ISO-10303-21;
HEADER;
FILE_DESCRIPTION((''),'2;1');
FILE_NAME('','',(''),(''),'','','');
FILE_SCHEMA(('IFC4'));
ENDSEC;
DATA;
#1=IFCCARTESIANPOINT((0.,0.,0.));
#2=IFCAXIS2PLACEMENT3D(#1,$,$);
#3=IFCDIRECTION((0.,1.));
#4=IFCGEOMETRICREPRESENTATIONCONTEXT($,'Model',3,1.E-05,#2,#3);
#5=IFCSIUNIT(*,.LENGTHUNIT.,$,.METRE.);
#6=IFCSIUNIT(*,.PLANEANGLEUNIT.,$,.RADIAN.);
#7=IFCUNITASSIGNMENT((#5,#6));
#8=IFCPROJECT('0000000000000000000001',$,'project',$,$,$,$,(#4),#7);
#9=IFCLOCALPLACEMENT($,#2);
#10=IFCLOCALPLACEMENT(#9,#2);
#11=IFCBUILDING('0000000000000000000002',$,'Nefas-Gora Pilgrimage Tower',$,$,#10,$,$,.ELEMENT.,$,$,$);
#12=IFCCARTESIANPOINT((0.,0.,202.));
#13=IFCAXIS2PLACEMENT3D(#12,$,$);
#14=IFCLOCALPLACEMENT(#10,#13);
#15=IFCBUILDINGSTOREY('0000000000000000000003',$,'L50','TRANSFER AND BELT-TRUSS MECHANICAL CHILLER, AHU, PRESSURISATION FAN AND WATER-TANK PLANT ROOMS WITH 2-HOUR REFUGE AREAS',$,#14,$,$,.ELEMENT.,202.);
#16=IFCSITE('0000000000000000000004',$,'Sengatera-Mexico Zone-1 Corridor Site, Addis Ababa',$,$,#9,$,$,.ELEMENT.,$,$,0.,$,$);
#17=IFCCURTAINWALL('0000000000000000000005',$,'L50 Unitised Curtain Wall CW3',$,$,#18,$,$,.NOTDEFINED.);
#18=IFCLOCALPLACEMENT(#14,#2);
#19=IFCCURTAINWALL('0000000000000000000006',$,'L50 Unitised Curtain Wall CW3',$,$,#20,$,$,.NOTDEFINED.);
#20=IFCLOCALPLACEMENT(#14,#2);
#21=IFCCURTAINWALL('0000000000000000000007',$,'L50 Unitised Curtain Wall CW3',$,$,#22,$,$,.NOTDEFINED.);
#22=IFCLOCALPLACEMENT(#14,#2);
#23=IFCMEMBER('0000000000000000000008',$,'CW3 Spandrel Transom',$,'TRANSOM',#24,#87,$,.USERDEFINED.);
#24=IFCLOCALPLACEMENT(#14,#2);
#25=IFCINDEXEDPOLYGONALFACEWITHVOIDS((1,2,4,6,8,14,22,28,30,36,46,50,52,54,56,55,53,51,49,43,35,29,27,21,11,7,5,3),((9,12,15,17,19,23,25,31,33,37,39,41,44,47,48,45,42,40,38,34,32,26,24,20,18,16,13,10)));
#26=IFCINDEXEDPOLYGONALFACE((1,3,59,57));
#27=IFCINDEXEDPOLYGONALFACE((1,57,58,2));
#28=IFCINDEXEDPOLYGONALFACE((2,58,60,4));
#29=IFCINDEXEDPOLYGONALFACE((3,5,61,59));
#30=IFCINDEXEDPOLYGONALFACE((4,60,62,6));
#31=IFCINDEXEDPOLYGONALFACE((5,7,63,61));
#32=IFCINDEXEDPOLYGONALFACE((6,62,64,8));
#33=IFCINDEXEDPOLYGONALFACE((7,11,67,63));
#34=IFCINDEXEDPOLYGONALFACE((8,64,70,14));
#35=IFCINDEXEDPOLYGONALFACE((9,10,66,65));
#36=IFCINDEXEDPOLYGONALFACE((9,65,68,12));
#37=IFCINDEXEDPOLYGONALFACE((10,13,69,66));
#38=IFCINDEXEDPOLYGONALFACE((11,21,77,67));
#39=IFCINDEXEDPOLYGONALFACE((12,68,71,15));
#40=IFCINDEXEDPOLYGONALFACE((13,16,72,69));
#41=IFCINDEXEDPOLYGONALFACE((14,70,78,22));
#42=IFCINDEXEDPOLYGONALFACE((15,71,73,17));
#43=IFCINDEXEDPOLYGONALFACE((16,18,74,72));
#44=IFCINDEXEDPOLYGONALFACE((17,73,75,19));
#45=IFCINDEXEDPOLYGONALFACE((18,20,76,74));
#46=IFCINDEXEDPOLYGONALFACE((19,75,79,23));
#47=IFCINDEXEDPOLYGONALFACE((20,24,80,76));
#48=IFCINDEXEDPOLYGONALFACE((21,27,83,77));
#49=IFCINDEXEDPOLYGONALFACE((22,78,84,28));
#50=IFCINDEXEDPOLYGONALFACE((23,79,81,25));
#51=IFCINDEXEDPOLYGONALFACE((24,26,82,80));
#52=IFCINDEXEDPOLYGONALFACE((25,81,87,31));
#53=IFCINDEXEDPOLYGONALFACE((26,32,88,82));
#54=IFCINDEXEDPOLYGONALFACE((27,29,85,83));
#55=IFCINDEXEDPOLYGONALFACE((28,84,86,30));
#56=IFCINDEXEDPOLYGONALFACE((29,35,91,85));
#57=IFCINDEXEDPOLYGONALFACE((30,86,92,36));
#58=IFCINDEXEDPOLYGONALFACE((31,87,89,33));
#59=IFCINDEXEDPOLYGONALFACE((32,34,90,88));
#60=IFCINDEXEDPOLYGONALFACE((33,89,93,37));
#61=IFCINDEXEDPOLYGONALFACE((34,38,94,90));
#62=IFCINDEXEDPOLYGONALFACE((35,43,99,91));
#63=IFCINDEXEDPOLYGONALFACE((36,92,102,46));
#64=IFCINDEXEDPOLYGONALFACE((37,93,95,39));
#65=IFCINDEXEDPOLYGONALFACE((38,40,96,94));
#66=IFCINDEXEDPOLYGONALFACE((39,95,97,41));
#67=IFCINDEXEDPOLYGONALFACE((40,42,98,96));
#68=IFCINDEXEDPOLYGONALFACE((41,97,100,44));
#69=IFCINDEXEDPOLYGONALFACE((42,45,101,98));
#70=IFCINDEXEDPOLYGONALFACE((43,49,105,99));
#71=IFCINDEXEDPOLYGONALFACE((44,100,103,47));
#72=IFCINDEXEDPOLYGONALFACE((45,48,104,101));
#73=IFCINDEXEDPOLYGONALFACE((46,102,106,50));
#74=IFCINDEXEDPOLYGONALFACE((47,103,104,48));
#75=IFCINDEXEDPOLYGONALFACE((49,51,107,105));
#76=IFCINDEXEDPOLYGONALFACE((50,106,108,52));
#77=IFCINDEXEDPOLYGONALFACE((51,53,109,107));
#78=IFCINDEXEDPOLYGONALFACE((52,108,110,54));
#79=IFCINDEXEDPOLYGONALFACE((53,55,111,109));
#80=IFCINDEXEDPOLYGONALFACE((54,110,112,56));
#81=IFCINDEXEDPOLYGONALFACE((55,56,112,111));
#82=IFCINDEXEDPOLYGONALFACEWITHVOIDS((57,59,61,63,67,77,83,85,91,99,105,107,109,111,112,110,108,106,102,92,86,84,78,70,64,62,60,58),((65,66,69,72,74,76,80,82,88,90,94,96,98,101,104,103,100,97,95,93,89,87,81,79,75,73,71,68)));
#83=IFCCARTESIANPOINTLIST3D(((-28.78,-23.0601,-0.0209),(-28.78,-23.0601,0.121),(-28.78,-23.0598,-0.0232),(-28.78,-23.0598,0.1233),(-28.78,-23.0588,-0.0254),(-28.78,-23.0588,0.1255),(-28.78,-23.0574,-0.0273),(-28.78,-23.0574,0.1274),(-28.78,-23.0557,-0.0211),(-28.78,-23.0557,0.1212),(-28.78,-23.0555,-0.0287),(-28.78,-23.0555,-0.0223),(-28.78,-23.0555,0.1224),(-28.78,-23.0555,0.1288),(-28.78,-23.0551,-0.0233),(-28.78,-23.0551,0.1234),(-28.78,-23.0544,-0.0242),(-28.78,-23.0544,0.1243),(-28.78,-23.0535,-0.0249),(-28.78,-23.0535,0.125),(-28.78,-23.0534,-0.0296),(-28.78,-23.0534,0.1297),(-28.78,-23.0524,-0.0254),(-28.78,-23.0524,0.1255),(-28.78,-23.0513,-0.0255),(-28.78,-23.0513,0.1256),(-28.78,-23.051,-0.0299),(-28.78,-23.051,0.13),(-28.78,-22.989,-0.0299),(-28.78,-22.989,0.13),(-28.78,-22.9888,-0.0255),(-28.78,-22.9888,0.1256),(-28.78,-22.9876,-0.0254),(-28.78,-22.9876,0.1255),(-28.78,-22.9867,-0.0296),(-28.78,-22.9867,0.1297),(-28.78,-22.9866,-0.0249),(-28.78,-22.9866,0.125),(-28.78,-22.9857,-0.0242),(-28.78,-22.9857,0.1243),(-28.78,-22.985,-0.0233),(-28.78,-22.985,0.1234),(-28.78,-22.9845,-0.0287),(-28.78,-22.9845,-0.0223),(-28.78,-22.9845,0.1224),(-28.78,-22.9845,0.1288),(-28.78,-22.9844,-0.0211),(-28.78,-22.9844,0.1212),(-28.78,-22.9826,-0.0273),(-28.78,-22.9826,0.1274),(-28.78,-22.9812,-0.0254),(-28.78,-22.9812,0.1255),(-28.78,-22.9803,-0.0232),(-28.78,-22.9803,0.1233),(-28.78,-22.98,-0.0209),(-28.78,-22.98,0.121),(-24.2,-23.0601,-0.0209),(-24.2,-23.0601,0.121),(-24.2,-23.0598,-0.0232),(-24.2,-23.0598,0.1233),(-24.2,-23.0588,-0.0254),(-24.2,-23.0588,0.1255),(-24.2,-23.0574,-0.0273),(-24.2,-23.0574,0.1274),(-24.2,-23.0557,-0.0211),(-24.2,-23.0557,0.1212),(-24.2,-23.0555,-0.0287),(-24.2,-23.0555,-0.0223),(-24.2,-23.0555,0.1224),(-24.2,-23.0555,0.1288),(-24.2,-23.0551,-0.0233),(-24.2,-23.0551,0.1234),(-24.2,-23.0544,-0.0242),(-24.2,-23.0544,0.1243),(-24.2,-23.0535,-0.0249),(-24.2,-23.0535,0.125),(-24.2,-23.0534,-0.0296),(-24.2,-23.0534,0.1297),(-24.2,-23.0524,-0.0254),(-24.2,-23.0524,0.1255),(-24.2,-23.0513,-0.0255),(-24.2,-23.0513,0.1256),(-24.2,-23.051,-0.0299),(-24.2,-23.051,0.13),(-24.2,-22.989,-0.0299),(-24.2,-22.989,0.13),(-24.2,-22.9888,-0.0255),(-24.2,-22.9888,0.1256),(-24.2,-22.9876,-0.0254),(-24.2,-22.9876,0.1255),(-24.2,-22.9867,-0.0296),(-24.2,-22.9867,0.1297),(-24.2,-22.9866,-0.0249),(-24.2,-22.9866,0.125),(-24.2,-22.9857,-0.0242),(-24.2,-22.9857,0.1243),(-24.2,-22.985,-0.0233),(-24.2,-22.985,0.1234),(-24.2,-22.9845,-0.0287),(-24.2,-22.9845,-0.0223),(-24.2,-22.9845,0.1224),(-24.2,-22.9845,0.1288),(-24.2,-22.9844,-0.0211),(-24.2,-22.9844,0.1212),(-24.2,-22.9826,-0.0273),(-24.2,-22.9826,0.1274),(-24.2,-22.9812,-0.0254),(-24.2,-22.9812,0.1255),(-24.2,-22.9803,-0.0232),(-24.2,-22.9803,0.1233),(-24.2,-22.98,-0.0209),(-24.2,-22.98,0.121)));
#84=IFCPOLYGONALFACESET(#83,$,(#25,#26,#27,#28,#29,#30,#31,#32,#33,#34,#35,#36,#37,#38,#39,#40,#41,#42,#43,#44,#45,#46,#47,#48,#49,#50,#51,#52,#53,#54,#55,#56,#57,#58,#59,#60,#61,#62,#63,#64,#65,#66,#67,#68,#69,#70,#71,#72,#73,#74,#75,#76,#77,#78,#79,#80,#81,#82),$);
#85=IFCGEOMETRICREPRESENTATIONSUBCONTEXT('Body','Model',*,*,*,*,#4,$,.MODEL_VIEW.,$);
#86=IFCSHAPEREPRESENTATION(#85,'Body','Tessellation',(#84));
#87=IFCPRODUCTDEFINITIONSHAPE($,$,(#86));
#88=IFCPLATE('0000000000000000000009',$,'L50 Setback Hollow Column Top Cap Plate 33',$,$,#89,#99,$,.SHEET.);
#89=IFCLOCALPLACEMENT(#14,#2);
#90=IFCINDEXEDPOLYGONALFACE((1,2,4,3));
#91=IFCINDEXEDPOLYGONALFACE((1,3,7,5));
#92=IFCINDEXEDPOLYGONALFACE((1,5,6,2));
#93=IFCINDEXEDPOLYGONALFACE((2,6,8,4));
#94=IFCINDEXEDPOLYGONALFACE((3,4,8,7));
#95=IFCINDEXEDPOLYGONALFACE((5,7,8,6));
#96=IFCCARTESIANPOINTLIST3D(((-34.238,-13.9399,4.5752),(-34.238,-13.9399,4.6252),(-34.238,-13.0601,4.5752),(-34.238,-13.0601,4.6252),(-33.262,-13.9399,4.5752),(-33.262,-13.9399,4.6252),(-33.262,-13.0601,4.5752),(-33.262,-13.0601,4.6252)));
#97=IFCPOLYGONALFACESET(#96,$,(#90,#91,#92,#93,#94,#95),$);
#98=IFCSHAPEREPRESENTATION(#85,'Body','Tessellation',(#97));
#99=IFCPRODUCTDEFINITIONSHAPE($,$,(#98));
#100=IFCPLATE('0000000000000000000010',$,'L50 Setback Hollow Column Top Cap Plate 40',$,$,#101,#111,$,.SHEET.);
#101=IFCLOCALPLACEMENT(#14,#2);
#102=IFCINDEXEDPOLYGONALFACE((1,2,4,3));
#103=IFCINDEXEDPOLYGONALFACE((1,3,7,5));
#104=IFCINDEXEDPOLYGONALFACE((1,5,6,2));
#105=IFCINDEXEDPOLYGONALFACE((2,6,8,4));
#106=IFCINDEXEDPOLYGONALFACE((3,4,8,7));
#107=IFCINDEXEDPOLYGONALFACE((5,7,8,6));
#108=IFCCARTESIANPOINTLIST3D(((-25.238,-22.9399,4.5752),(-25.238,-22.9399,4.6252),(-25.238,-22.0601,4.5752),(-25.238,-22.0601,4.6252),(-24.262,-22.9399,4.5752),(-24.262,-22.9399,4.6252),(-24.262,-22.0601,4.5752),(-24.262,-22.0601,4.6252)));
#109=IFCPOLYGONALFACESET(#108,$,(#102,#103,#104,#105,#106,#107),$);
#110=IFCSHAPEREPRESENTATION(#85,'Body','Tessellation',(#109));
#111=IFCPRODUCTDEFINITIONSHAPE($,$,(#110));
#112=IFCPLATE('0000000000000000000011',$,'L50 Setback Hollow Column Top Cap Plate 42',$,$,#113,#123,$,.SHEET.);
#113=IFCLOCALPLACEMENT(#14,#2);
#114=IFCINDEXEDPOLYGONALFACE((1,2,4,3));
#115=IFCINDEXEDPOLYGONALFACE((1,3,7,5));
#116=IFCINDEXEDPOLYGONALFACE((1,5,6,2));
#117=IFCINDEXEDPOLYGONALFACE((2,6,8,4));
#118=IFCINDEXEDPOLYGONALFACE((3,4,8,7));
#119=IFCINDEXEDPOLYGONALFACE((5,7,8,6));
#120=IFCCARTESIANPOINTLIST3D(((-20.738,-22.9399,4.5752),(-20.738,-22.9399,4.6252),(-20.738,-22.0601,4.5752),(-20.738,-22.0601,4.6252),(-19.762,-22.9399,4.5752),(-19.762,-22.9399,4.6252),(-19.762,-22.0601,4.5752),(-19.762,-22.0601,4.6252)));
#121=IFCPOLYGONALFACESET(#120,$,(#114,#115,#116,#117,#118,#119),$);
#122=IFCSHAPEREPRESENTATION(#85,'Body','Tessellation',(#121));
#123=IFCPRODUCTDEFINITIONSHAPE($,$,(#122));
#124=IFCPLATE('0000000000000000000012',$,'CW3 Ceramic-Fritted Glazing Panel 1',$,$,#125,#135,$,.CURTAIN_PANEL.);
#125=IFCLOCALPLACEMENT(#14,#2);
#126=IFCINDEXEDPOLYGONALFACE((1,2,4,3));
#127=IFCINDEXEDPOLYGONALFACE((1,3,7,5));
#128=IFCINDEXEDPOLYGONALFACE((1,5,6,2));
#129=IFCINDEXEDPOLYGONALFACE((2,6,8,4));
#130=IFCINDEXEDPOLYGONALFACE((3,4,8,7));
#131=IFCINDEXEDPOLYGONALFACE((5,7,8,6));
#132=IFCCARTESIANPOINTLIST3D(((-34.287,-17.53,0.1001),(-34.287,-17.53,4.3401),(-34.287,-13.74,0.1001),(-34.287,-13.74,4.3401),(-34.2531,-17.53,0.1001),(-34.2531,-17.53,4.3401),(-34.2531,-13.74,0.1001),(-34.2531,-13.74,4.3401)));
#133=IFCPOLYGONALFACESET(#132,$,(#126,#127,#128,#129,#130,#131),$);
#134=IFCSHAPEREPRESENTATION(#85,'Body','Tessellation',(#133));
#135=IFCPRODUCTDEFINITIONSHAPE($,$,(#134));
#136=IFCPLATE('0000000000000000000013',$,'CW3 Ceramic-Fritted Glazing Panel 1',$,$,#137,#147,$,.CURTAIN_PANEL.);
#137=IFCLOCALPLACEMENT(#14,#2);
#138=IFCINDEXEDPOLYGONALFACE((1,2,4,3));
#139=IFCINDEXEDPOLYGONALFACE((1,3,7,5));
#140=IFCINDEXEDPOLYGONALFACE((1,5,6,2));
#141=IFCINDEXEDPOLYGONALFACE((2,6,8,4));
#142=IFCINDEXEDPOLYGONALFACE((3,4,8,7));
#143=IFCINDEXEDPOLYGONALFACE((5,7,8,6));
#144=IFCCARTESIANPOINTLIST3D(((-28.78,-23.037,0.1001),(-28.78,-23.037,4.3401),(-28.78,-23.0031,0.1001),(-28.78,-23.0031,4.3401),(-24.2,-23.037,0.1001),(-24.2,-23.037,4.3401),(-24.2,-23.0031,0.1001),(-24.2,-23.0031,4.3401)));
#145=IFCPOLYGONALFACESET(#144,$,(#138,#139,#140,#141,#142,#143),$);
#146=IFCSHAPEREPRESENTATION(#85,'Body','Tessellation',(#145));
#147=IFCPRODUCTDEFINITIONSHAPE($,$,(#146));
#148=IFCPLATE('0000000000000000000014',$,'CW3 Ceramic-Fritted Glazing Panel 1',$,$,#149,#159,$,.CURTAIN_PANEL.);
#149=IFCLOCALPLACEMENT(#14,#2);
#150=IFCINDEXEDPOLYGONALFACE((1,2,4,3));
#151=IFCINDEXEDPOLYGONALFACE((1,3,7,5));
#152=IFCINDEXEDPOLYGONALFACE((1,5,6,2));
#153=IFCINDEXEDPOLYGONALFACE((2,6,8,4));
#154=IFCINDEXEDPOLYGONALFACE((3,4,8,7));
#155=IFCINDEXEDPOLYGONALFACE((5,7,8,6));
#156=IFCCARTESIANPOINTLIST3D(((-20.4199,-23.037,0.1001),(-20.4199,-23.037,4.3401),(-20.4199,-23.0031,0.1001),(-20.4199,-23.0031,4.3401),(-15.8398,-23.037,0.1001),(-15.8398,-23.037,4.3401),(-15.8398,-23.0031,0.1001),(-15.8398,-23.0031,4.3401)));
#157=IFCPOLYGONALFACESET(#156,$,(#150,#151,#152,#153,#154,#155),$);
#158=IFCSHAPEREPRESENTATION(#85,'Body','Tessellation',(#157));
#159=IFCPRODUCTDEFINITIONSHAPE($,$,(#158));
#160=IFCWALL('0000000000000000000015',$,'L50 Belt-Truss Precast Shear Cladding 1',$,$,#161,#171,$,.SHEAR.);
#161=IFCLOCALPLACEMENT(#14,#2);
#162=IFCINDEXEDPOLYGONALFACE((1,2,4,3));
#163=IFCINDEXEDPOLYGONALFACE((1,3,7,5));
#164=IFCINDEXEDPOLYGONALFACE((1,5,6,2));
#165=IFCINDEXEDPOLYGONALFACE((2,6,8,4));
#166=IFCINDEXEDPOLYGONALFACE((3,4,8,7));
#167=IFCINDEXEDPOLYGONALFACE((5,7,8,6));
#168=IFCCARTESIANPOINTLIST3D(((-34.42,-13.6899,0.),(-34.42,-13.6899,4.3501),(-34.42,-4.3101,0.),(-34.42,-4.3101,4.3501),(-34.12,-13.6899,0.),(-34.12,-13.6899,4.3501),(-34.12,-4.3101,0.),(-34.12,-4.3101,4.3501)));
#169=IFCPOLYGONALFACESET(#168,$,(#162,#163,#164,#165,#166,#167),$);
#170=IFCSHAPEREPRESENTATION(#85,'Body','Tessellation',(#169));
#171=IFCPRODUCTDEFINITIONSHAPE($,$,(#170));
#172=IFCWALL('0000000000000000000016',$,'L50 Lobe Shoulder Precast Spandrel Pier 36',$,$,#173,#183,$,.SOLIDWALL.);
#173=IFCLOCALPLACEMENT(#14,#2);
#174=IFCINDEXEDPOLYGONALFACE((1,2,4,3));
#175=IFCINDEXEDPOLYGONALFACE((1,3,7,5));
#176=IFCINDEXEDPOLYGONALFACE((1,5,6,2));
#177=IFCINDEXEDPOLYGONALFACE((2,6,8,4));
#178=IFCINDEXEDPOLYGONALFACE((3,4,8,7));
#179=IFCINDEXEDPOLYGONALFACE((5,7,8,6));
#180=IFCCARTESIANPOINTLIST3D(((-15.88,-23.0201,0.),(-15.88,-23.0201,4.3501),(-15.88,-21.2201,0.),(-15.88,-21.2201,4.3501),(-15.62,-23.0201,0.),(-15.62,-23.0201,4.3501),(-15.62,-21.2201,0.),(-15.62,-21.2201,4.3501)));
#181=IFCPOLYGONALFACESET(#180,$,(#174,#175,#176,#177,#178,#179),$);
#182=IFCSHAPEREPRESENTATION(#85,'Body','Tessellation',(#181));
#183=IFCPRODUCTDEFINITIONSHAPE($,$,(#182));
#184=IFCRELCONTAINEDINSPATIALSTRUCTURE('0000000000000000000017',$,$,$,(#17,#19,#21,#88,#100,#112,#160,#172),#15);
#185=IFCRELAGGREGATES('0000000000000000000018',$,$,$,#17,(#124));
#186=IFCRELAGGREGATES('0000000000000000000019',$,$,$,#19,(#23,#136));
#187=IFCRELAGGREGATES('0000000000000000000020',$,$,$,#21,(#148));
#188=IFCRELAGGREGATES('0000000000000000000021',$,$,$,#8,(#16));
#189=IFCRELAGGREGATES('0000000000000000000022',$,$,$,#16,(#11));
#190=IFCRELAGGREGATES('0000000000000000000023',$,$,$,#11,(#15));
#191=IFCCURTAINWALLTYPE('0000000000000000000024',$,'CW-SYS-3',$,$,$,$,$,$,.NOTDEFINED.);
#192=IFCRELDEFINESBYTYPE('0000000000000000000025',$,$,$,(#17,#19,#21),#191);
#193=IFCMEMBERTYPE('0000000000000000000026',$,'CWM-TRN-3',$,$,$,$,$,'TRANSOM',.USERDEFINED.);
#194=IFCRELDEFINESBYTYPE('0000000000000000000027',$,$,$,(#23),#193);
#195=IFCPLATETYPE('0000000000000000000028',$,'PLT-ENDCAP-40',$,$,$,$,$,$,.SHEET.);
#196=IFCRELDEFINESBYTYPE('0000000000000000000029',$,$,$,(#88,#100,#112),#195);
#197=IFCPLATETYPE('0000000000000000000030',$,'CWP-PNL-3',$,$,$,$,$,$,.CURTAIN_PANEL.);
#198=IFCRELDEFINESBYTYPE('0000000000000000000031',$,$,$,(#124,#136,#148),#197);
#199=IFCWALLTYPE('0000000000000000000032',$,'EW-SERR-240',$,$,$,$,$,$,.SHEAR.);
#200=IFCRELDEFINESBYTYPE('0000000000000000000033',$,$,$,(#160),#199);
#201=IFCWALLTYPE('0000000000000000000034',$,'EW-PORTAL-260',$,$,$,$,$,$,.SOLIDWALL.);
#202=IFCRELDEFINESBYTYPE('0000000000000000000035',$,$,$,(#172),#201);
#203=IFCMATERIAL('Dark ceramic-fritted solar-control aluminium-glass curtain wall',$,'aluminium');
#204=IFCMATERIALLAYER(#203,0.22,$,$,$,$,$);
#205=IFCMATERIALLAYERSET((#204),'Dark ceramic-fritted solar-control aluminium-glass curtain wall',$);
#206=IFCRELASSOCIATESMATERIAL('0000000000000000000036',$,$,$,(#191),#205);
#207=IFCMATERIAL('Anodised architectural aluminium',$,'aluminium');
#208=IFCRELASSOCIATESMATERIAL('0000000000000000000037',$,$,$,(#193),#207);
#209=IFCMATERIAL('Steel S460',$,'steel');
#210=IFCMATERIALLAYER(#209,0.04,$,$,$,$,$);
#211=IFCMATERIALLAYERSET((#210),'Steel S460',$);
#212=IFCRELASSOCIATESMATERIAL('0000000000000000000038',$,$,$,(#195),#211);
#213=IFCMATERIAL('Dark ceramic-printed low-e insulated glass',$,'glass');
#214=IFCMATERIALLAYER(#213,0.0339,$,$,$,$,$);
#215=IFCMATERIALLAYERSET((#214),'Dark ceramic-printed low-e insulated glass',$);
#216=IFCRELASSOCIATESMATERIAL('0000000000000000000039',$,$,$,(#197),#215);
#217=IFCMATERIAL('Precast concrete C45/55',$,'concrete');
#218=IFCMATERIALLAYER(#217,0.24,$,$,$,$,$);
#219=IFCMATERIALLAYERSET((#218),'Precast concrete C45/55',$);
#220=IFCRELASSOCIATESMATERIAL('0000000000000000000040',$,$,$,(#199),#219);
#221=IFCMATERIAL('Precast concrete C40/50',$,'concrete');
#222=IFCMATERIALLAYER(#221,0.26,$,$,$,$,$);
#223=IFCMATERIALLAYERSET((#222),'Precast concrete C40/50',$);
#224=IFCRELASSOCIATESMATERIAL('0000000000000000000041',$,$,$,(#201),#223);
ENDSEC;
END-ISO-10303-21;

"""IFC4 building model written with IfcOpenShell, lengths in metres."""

from ifc_helpers import new_model, si_unit, direction, frame, frame_2d, origin, origin_2d, place, context, subcontext, project, spatial, rectangle, hollow_rectangle, extrude, source, transform, mapped, material, layer, layer_set, material_profile, profile_set, type_object, element, aggregate, save


model = new_model("IFC4")

# Units and contexts
model_context = context("Model", 3, precision=1e-05, world=origin(), true_north=direction((0.0, 1.0)))
body_context = subcontext(model_context, "Body", "Model", "MODEL_VIEW")
ifc_project = project(units=[si_unit("LENGTHUNIT", "METRE"), si_unit("PLANEANGLEUNIT", "RADIAN")], contexts=[model_context])

# Site, building, storey
site_placement = place(None, origin())
site = spatial("IfcSite", under=ifc_project, at=site_placement, Name="Sengatera-Mexico Zone-1 Corridor Site, Addis Ababa", CompositionType="ELEMENT", RefElevation=0.0)
building_placement = place(site_placement, origin())
building = spatial("IfcBuilding", under=site, at=building_placement, Name="Nefas-Gora Pilgrimage Tower", CompositionType="ELEMENT")
storey_placement = place(building_placement, frame((0.0, 0.0, 202.0)))
storey = spatial("IfcBuildingStorey", under=building, at=storey_placement, Name="L50", Description="TRANSFER AND BELT-TRUSS MECHANICAL CHILLER, AHU, PRESSURISATION FAN AND WATER-TANK PLANT ROOMS WITH 2-HOUR REFUGE AREAS", CompositionType="ELEMENT", Elevation=202.0)

# Shared definitions
ifc_material_1 = material(Name="Steel S460", Category="steel")

# Curtain walls
ifc_material_2 = material(Name="Dark ceramic-fritted solar-control aluminium-glass curtain wall", Category="aluminium")
ifc_layer_1 = layer(ifc_material_2, 0.22)
ifc_layer_set_1 = layer_set([ifc_layer_1], Name="Dark ceramic-fritted solar-control aluminium-glass curtain wall")
curtain_wall_type = type_object("IfcCurtainWallType", Name="CW-SYS-3", PredefinedType="NOTDEFINED", material=ifc_layer_set_1)
curtain_wall_1_placement = place(storey_placement, origin())
curtain_wall_1 = element("IfcCurtainWall", 1, at=curtain_wall_1_placement, inside=storey, type_object=curtain_wall_type, Name="L50 Unitised Curtain Wall CW3", PredefinedType="NOTDEFINED")
ifc_material_3 = material(Name="Anodised architectural aluminium", Category="aluminium")
curtain_wall_2_placement = place(storey_placement, origin())
curtain_wall_2 = element("IfcCurtainWall", 2, at=curtain_wall_2_placement, inside=storey, type_object=curtain_wall_type, Name="L50 Unitised Curtain Wall CW3", PredefinedType="NOTDEFINED")
curtain_wall_3_placement = place(storey_placement, origin())
curtain_wall_3 = element("IfcCurtainWall", 3, at=curtain_wall_3_placement, inside=storey, type_object=curtain_wall_type, Name="L50 Unitised Curtain Wall CW3", PredefinedType="NOTDEFINED")

# Member
ifc_material_profile_1 = material_profile(ifc_material_3, hollow_rectangle(XDim=0.0801, YDim=0.1599, WallThickness=0.0044, InnerFilletRadius=0.0044, OuterFilletRadius=0.009, at=origin_2d()), Name="ALU TRANSOM 80x160")
ifc_profile_set_1 = profile_set([ifc_material_profile_1], Name="Anodised architectural aluminium")
member_type_1 = type_object("IfcMemberType", Name="CWM-TRN-3", ElementType="TRANSOM", PredefinedType="USERDEFINED", material=ifc_profile_set_1)
shared_shape_1 = source(origin(), body_context, "Body", "SweptSolid", [
    extrude(hollow_rectangle(XDim=0.0801, YDim=0.1599, WallThickness=0.0044, InnerFilletRadius=0.0044, OuterFilletRadius=0.009, at=origin_2d()), origin(), (0.0, 0.0, 1.0), 4.5801),
])
member_1_placement = place(storey_placement, frame((-28.78, -23.02, 0.05), z_axis=(1.0, 0.0, 0.0), x_axis=(0.0, 1.0, 0.0)))
member_1 = element("IfcMember", 4, at=member_1_placement, type_object=member_type_1, Name="CW3 Spandrel Transom", ObjectType="TRANSOM", PredefinedType="USERDEFINED", context=body_context, shape_type="MappedRepresentation", body=[
    mapped(shared_shape_1, transform((0.0, 0.0, 0.0), x_axis=(1.0, 0.0, 0.0), y_axis=(0.0, 1.0, 0.0), z_axis=(0.0, 0.0, 1.0), scale=1.0)),
])

# Plates
ifc_layer_2 = layer(ifc_material_1, 0.04)
ifc_layer_set_2 = layer_set([ifc_layer_2], Name="Steel S460")
plate_type_1 = type_object("IfcPlateType", Name="PLT-ENDCAP-40", PredefinedType="SHEET", material=ifc_layer_set_2)
shared_shape_2 = source(origin(), body_context, "Body", "SweptSolid", [
    extrude(rectangle(XDim=0.9761, YDim=0.8799, at=origin_2d()), origin(), (0.0, 0.0, 1.0), 0.05),
])
for number, where, z_axis, x_axis, name in (
    (5, (-33.75, -13.5, 4.5752), (0.0, 0.0, 1.0), (1.0, 0.0, 0.0), "L50 Setback Hollow Column Top Cap Plate 33"),
    (6, (-24.75, -22.5, 4.5752), (0.0, 0.0, 1.0), (1.0, 0.0, 0.0), "L50 Setback Hollow Column Top Cap Plate 40"),
    (7, (-20.25, -22.5, 4.5752), (0.0, 0.0, 1.0), (1.0, 0.0, 0.0), "L50 Setback Hollow Column Top Cap Plate 42"),
):
    element("IfcPlate", number, at=place(storey_placement, frame(where, z_axis=z_axis, x_axis=x_axis)), inside=storey, type_object=plate_type_1, Name=name, PredefinedType="SHEET", context=body_context, shape_type="MappedRepresentation", body=[
        mapped(shared_shape_2, transform((0.0, 0.0, 0.0), x_axis=(1.0, 0.0, 0.0), y_axis=(0.0, 1.0, 0.0), z_axis=(0.0, 0.0, 1.0), scale=1.0)),
    ])

# Plates
ifc_material_4 = material(Name="Dark ceramic-printed low-e insulated glass", Category="glass")
ifc_layer_3 = layer(ifc_material_4, 0.0339)
ifc_layer_set_3 = layer_set([ifc_layer_3], Name="Dark ceramic-printed low-e insulated glass")
plate_type_2 = type_object("IfcPlateType", Name="CWP-PNL-3", PredefinedType="CURTAIN_PANEL", material=ifc_layer_set_3)
shared_shape_3 = source(origin(), body_context, "Body", "SweptSolid", [
    extrude(rectangle(XDim=3.79, YDim=0.0339, at=origin_2d()), origin(), (0.0, 0.0, 1.0), 4.24),
])
plate_1_placement = place(storey_placement, frame((-34.27, -15.635, 0.1001), z_axis=(0.0, 0.0, 1.0), x_axis=(0.0, -1.0, 0.0)))
plate_1 = element("IfcPlate", 8, at=plate_1_placement, type_object=plate_type_2, Name="CW3 Ceramic-Fritted Glazing Panel 1", PredefinedType="CURTAIN_PANEL", context=body_context, shape_type="MappedRepresentation", body=[
    mapped(shared_shape_3, transform((0.0, 0.0, 0.0), x_axis=(1.0, 0.0, 0.0), y_axis=(0.0, 1.0, 0.0), z_axis=(0.0, 0.0, 1.0), scale=1.0)),
])
aggregate(curtain_wall_1, [plate_1])
shared_shape_4 = source(origin(), body_context, "Body", "SweptSolid", [
    extrude(rectangle(XDim=4.5801, YDim=0.0339, at=origin_2d()), origin(), (0.0, 0.0, 1.0), 4.24),
])
plate_2_placement = place(storey_placement, frame((-26.49, -23.02, 0.1001), z_axis=(0.0, 0.0, 1.0), x_axis=(1.0, 0.0, 0.0)))
plate_2 = element("IfcPlate", 9, at=plate_2_placement, type_object=plate_type_2, Name="CW3 Ceramic-Fritted Glazing Panel 1", PredefinedType="CURTAIN_PANEL", context=body_context, shape_type="MappedRepresentation", body=[
    mapped(shared_shape_4, transform((0.0, 0.0, 0.0), x_axis=(1.0, 0.0, 0.0), y_axis=(0.0, 1.0, 0.0), z_axis=(0.0, 0.0, 1.0), scale=1.0)),
])
aggregate(curtain_wall_2, [member_1, plate_2])
plate_3_placement = place(storey_placement, frame((-18.1299, -23.02, 0.1001), z_axis=(0.0, 0.0, 1.0), x_axis=(1.0, 0.0, 0.0)))
plate_3 = element("IfcPlate", 10, at=plate_3_placement, type_object=plate_type_2, Name="CW3 Ceramic-Fritted Glazing Panel 1", PredefinedType="CURTAIN_PANEL", context=body_context, shape_type="MappedRepresentation", body=[
    mapped(shared_shape_4, transform((0.0, 0.0, 0.0), x_axis=(1.0, 0.0, 0.0), y_axis=(0.0, 1.0, 0.0), z_axis=(0.0, 0.0, 1.0), scale=1.0)),
])
aggregate(curtain_wall_3, [plate_3])

# Walls
ifc_material_5 = material(Name="Precast concrete C45/55", Category="concrete")
ifc_layer_4 = layer(ifc_material_5, 0.24)
ifc_layer_set_4 = layer_set([ifc_layer_4], Name="Precast concrete C45/55")
wall_type_1 = type_object("IfcWallType", Name="EW-SERR-240", PredefinedType="SHEAR", material=ifc_layer_set_4)
shared_shape_5 = source(origin(), body_context, "Body", "SweptSolid", [
    extrude(rectangle(XDim=9.3799, YDim=0.3, at=frame_2d((4.6899, 0.0))), origin(), (0.0, 0.0, 1.0), 4.3501),
])
wall_1_placement = place(storey_placement, frame((-34.27, -13.6899, 0.0), z_axis=(0.0, 0.0, 1.0), x_axis=(0.0, 1.0, 0.0)))
element("IfcWall", 11, at=wall_1_placement, inside=storey, type_object=wall_type_1, Name="L50 Belt-Truss Precast Shear Cladding 1", PredefinedType="SHEAR", context=body_context, shape_type="MappedRepresentation", body=[
    mapped(shared_shape_5, transform((0.0, 0.0, 0.0), x_axis=(1.0, 0.0, 0.0), y_axis=(0.0, 1.0, 0.0), z_axis=(0.0, 0.0, 1.0), scale=1.0)),
])
ifc_material_6 = material(Name="Precast concrete C40/50", Category="concrete")
ifc_layer_5 = layer(ifc_material_6, 0.26)
ifc_layer_set_5 = layer_set([ifc_layer_5], Name="Precast concrete C40/50")
wall_type_2 = type_object("IfcWallType", Name="EW-PORTAL-260", PredefinedType="SOLIDWALL", material=ifc_layer_set_5)
shared_shape_6 = source(origin(), body_context, "Body", "SweptSolid", [
    extrude(rectangle(XDim=1.8, YDim=0.26, at=frame_2d((0.8999, 0.0))), origin(), (0.0, 0.0, 1.0), 4.3501),
])
wall_2_placement = place(storey_placement, frame((-15.75, -23.02, 0.0), z_axis=(0.0, 0.0, 1.0), x_axis=(0.0, 1.0, 0.0)))
element("IfcWall", 12, at=wall_2_placement, inside=storey, type_object=wall_type_2, Name="L50 Lobe Shoulder Precast Spandrel Pier 36", PredefinedType="SOLIDWALL", context=body_context, shape_type="MappedRepresentation", body=[
    mapped(shared_shape_6, transform((0.0, 0.0, 0.0), x_axis=(1.0, 0.0, 0.0), y_axis=(0.0, 1.0, 0.0), z_axis=(0.0, 0.0, 1.0), scale=1.0)),
])

save(model, "model.ifc")
